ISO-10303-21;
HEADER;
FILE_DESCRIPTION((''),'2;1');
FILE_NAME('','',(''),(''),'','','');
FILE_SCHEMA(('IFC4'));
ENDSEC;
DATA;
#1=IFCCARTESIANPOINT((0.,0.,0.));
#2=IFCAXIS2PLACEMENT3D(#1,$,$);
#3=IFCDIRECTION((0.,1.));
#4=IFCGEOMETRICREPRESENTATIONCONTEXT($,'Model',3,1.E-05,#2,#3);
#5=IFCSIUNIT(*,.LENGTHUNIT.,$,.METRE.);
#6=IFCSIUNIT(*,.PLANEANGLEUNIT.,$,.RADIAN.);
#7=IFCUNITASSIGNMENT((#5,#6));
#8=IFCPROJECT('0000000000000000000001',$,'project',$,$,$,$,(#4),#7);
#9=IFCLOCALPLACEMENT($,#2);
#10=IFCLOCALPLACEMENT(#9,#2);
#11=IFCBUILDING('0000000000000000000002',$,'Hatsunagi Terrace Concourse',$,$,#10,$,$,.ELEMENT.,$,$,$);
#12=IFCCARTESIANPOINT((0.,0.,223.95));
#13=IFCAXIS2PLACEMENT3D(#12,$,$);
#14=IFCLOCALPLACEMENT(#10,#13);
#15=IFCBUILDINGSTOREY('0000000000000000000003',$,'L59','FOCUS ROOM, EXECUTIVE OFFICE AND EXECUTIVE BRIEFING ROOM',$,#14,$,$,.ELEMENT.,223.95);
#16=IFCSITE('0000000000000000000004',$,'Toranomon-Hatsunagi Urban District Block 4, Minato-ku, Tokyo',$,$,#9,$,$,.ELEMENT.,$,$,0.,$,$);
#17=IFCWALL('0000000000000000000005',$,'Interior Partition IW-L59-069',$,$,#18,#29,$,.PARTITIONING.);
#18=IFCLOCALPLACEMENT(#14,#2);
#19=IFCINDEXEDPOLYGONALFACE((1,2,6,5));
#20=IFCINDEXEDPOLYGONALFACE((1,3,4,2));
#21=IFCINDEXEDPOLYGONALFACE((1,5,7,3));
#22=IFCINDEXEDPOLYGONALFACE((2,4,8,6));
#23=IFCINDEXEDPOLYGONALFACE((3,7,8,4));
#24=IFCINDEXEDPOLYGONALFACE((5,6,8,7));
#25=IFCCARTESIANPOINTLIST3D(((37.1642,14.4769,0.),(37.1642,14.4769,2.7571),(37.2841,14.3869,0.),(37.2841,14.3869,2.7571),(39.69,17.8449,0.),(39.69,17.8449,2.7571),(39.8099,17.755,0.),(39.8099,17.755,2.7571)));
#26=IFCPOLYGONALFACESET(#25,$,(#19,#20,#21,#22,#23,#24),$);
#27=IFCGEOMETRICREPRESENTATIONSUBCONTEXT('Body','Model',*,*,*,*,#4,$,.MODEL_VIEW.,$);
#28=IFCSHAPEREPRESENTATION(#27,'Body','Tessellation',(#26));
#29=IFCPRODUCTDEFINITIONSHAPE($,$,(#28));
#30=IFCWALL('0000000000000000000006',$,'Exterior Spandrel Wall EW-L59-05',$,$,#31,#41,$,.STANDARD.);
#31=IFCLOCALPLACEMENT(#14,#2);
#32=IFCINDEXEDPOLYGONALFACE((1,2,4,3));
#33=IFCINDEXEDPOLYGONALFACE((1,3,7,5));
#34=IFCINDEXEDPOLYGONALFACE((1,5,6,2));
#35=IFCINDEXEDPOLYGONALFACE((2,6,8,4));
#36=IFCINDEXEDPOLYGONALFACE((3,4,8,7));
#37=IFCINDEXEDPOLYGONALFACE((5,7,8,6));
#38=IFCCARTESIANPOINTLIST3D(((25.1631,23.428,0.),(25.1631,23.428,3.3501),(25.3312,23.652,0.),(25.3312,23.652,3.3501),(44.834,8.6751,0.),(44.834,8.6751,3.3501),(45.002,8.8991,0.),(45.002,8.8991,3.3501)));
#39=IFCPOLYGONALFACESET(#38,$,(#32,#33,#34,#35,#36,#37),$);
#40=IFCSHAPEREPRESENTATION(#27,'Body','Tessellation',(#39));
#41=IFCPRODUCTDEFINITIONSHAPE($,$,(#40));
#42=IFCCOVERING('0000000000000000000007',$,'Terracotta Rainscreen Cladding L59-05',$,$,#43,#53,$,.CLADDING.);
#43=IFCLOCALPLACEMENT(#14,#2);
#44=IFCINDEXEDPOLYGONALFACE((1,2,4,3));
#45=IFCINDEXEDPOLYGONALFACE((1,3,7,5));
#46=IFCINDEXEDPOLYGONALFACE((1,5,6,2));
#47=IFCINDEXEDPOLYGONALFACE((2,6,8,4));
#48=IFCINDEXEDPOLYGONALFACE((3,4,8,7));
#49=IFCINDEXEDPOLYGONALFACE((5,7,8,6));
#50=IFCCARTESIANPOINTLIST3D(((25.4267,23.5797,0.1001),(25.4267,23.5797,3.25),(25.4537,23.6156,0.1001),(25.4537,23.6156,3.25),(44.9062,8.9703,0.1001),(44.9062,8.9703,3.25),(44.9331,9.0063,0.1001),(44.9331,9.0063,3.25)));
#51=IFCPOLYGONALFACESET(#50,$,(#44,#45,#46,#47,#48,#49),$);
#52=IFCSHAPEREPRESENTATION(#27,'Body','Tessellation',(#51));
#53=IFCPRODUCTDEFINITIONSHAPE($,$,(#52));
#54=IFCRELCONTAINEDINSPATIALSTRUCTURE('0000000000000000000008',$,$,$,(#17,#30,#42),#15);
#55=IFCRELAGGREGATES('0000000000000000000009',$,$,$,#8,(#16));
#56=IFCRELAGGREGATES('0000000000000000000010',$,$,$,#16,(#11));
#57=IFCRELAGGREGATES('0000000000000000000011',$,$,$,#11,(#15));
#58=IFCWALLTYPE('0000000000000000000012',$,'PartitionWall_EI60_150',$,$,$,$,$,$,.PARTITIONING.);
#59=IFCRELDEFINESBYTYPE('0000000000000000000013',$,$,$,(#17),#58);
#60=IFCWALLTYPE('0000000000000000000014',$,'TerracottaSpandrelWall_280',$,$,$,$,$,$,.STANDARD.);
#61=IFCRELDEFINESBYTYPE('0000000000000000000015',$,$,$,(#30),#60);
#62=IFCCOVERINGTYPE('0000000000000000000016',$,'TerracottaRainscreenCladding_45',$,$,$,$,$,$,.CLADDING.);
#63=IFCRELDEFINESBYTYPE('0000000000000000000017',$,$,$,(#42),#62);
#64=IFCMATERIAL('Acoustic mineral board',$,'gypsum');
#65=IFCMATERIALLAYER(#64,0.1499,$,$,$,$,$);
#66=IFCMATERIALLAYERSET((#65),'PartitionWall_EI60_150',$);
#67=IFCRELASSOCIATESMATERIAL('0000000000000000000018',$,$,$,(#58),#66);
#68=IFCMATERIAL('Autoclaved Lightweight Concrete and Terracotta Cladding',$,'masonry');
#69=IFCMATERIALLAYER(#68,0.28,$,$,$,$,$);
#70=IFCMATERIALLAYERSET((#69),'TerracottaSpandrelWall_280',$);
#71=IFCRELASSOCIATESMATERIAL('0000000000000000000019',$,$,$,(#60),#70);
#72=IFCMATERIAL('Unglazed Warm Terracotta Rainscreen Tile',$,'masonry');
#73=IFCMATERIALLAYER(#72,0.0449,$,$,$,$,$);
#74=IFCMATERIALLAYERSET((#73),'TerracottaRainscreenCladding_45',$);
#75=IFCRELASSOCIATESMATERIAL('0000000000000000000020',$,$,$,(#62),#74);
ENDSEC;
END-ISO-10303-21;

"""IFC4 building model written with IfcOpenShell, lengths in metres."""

from ifc_helpers import new_model, si_unit, direction, frame, frame_2d, origin, origin_2d, place, context, subcontext, project, spatial, rectangle, extrude, material, layer, layer_set, type_object, element, save


model = new_model("IFC4")

# Units and contexts
model_context = context("Model", 3, precision=1e-05, world=origin(), true_north=direction((0.0, 1.0)))
body_context = subcontext(model_context, "Body", "Model", "MODEL_VIEW")
ifc_project = project(units=[si_unit("LENGTHUNIT", "METRE"), si_unit("PLANEANGLEUNIT", "RADIAN")], contexts=[model_context])

# Site, building, storey
site_placement = place(None, origin())
site = spatial("IfcSite", under=ifc_project, at=site_placement, Name="Toranomon-Hatsunagi Urban District Block 4, Minato-ku, Tokyo", CompositionType="ELEMENT", RefElevation=0.0)
building_placement = place(site_placement, origin())
building = spatial("IfcBuilding", under=site, at=building_placement, Name="Hatsunagi Terrace Concourse", CompositionType="ELEMENT")
storey_placement = place(building_placement, frame((0.0, 0.0, 223.95)))
storey = spatial("IfcBuildingStorey", under=building, at=storey_placement, Name="L59", Description="FOCUS ROOM, EXECUTIVE OFFICE AND EXECUTIVE BRIEFING ROOM", CompositionType="ELEMENT", Elevation=223.95)

# Shared definitions
ifc_material_1 = material(Name="Acoustic mineral board", Category="gypsum")
ifc_layer_1 = layer(ifc_material_1, 0.1499)
ifc_layer_set_1 = layer_set([ifc_layer_1], Name="PartitionWall_EI60_150")
wall_type_1 = type_object("IfcWallType", Name="PartitionWall_EI60_150", PredefinedType="PARTITIONING", material=ifc_layer_set_1)

# Walls
wall_1_placement = place(storey_placement, frame((37.2241, 14.4319, 0.0), z_axis=(0.0, 0.0, 1.0), x_axis=(0.599963, 0.800028, 0.0)))
element("IfcWall", 1, at=wall_1_placement, inside=storey, type_object=wall_type_1, Name="Interior Partition IW-L59-069", PredefinedType="PARTITIONING", context=body_context, shape_type="SweptSolid", body=[
    extrude(rectangle(XDim=4.21, YDim=0.1499, at=frame_2d((2.105, 0.0))), origin(), (0.0, 0.0, 1.0), 2.7571),
])
ifc_material_2 = material(Name="Autoclaved Lightweight Concrete and Terracotta Cladding", Category="masonry")
ifc_layer_2 = layer(ifc_material_2, 0.28)
ifc_layer_set_2 = layer_set([ifc_layer_2], Name="TerracottaSpandrelWall_280")
wall_type_2 = type_object("IfcWallType", Name="TerracottaSpandrelWall_280", PredefinedType="STANDARD", material=ifc_layer_set_2)
wall_2_placement = place(storey_placement, frame((44.918, 8.7871, 0.0), z_axis=(0.0, 0.0, 1.0), x_axis=(-0.800005, 0.599994, 0.0)))
element("IfcWall", 2, at=wall_2_placement, inside=storey, type_object=wall_type_2, Name="Exterior Spandrel Wall EW-L59-05", PredefinedType="STANDARD", context=body_context, shape_type="SweptSolid", body=[
    extrude(rectangle(XDim=24.5884, YDim=0.28, at=frame_2d((12.2942, 0.0))), origin(), (0.0, 0.0, 1.0), 3.3501),
])

# Covering
ifc_material_3 = material(Name="Unglazed Warm Terracotta Rainscreen Tile", Category="masonry")
ifc_layer_3 = layer(ifc_material_3, 0.0449)
ifc_layer_set_3 = layer_set([ifc_layer_3], Name="TerracottaRainscreenCladding_45")
covering_type = type_object("IfcCoveringType", Name="TerracottaRainscreenCladding_45", PredefinedType="CLADDING", material=ifc_layer_set_3)
covering_placement = place(storey_placement, frame((35.1799, 16.293, 0.1001), z_axis=(0.0, 0.0, 1.0), x_axis=(-0.800005, 0.599993, 0.0)))
element("IfcCovering", 3, at=covering_placement, inside=storey, type_object=covering_type, Name="Terracotta Rainscreen Cladding L59-05", PredefinedType="CLADDING", context=body_context, shape_type="SweptSolid", body=[
    extrude(rectangle(XDim=24.3491, YDim=0.0449, at=origin_2d()), origin(), (0.0, 0.0, 1.0), 3.1499),
])

save(model, "model.ifc")
